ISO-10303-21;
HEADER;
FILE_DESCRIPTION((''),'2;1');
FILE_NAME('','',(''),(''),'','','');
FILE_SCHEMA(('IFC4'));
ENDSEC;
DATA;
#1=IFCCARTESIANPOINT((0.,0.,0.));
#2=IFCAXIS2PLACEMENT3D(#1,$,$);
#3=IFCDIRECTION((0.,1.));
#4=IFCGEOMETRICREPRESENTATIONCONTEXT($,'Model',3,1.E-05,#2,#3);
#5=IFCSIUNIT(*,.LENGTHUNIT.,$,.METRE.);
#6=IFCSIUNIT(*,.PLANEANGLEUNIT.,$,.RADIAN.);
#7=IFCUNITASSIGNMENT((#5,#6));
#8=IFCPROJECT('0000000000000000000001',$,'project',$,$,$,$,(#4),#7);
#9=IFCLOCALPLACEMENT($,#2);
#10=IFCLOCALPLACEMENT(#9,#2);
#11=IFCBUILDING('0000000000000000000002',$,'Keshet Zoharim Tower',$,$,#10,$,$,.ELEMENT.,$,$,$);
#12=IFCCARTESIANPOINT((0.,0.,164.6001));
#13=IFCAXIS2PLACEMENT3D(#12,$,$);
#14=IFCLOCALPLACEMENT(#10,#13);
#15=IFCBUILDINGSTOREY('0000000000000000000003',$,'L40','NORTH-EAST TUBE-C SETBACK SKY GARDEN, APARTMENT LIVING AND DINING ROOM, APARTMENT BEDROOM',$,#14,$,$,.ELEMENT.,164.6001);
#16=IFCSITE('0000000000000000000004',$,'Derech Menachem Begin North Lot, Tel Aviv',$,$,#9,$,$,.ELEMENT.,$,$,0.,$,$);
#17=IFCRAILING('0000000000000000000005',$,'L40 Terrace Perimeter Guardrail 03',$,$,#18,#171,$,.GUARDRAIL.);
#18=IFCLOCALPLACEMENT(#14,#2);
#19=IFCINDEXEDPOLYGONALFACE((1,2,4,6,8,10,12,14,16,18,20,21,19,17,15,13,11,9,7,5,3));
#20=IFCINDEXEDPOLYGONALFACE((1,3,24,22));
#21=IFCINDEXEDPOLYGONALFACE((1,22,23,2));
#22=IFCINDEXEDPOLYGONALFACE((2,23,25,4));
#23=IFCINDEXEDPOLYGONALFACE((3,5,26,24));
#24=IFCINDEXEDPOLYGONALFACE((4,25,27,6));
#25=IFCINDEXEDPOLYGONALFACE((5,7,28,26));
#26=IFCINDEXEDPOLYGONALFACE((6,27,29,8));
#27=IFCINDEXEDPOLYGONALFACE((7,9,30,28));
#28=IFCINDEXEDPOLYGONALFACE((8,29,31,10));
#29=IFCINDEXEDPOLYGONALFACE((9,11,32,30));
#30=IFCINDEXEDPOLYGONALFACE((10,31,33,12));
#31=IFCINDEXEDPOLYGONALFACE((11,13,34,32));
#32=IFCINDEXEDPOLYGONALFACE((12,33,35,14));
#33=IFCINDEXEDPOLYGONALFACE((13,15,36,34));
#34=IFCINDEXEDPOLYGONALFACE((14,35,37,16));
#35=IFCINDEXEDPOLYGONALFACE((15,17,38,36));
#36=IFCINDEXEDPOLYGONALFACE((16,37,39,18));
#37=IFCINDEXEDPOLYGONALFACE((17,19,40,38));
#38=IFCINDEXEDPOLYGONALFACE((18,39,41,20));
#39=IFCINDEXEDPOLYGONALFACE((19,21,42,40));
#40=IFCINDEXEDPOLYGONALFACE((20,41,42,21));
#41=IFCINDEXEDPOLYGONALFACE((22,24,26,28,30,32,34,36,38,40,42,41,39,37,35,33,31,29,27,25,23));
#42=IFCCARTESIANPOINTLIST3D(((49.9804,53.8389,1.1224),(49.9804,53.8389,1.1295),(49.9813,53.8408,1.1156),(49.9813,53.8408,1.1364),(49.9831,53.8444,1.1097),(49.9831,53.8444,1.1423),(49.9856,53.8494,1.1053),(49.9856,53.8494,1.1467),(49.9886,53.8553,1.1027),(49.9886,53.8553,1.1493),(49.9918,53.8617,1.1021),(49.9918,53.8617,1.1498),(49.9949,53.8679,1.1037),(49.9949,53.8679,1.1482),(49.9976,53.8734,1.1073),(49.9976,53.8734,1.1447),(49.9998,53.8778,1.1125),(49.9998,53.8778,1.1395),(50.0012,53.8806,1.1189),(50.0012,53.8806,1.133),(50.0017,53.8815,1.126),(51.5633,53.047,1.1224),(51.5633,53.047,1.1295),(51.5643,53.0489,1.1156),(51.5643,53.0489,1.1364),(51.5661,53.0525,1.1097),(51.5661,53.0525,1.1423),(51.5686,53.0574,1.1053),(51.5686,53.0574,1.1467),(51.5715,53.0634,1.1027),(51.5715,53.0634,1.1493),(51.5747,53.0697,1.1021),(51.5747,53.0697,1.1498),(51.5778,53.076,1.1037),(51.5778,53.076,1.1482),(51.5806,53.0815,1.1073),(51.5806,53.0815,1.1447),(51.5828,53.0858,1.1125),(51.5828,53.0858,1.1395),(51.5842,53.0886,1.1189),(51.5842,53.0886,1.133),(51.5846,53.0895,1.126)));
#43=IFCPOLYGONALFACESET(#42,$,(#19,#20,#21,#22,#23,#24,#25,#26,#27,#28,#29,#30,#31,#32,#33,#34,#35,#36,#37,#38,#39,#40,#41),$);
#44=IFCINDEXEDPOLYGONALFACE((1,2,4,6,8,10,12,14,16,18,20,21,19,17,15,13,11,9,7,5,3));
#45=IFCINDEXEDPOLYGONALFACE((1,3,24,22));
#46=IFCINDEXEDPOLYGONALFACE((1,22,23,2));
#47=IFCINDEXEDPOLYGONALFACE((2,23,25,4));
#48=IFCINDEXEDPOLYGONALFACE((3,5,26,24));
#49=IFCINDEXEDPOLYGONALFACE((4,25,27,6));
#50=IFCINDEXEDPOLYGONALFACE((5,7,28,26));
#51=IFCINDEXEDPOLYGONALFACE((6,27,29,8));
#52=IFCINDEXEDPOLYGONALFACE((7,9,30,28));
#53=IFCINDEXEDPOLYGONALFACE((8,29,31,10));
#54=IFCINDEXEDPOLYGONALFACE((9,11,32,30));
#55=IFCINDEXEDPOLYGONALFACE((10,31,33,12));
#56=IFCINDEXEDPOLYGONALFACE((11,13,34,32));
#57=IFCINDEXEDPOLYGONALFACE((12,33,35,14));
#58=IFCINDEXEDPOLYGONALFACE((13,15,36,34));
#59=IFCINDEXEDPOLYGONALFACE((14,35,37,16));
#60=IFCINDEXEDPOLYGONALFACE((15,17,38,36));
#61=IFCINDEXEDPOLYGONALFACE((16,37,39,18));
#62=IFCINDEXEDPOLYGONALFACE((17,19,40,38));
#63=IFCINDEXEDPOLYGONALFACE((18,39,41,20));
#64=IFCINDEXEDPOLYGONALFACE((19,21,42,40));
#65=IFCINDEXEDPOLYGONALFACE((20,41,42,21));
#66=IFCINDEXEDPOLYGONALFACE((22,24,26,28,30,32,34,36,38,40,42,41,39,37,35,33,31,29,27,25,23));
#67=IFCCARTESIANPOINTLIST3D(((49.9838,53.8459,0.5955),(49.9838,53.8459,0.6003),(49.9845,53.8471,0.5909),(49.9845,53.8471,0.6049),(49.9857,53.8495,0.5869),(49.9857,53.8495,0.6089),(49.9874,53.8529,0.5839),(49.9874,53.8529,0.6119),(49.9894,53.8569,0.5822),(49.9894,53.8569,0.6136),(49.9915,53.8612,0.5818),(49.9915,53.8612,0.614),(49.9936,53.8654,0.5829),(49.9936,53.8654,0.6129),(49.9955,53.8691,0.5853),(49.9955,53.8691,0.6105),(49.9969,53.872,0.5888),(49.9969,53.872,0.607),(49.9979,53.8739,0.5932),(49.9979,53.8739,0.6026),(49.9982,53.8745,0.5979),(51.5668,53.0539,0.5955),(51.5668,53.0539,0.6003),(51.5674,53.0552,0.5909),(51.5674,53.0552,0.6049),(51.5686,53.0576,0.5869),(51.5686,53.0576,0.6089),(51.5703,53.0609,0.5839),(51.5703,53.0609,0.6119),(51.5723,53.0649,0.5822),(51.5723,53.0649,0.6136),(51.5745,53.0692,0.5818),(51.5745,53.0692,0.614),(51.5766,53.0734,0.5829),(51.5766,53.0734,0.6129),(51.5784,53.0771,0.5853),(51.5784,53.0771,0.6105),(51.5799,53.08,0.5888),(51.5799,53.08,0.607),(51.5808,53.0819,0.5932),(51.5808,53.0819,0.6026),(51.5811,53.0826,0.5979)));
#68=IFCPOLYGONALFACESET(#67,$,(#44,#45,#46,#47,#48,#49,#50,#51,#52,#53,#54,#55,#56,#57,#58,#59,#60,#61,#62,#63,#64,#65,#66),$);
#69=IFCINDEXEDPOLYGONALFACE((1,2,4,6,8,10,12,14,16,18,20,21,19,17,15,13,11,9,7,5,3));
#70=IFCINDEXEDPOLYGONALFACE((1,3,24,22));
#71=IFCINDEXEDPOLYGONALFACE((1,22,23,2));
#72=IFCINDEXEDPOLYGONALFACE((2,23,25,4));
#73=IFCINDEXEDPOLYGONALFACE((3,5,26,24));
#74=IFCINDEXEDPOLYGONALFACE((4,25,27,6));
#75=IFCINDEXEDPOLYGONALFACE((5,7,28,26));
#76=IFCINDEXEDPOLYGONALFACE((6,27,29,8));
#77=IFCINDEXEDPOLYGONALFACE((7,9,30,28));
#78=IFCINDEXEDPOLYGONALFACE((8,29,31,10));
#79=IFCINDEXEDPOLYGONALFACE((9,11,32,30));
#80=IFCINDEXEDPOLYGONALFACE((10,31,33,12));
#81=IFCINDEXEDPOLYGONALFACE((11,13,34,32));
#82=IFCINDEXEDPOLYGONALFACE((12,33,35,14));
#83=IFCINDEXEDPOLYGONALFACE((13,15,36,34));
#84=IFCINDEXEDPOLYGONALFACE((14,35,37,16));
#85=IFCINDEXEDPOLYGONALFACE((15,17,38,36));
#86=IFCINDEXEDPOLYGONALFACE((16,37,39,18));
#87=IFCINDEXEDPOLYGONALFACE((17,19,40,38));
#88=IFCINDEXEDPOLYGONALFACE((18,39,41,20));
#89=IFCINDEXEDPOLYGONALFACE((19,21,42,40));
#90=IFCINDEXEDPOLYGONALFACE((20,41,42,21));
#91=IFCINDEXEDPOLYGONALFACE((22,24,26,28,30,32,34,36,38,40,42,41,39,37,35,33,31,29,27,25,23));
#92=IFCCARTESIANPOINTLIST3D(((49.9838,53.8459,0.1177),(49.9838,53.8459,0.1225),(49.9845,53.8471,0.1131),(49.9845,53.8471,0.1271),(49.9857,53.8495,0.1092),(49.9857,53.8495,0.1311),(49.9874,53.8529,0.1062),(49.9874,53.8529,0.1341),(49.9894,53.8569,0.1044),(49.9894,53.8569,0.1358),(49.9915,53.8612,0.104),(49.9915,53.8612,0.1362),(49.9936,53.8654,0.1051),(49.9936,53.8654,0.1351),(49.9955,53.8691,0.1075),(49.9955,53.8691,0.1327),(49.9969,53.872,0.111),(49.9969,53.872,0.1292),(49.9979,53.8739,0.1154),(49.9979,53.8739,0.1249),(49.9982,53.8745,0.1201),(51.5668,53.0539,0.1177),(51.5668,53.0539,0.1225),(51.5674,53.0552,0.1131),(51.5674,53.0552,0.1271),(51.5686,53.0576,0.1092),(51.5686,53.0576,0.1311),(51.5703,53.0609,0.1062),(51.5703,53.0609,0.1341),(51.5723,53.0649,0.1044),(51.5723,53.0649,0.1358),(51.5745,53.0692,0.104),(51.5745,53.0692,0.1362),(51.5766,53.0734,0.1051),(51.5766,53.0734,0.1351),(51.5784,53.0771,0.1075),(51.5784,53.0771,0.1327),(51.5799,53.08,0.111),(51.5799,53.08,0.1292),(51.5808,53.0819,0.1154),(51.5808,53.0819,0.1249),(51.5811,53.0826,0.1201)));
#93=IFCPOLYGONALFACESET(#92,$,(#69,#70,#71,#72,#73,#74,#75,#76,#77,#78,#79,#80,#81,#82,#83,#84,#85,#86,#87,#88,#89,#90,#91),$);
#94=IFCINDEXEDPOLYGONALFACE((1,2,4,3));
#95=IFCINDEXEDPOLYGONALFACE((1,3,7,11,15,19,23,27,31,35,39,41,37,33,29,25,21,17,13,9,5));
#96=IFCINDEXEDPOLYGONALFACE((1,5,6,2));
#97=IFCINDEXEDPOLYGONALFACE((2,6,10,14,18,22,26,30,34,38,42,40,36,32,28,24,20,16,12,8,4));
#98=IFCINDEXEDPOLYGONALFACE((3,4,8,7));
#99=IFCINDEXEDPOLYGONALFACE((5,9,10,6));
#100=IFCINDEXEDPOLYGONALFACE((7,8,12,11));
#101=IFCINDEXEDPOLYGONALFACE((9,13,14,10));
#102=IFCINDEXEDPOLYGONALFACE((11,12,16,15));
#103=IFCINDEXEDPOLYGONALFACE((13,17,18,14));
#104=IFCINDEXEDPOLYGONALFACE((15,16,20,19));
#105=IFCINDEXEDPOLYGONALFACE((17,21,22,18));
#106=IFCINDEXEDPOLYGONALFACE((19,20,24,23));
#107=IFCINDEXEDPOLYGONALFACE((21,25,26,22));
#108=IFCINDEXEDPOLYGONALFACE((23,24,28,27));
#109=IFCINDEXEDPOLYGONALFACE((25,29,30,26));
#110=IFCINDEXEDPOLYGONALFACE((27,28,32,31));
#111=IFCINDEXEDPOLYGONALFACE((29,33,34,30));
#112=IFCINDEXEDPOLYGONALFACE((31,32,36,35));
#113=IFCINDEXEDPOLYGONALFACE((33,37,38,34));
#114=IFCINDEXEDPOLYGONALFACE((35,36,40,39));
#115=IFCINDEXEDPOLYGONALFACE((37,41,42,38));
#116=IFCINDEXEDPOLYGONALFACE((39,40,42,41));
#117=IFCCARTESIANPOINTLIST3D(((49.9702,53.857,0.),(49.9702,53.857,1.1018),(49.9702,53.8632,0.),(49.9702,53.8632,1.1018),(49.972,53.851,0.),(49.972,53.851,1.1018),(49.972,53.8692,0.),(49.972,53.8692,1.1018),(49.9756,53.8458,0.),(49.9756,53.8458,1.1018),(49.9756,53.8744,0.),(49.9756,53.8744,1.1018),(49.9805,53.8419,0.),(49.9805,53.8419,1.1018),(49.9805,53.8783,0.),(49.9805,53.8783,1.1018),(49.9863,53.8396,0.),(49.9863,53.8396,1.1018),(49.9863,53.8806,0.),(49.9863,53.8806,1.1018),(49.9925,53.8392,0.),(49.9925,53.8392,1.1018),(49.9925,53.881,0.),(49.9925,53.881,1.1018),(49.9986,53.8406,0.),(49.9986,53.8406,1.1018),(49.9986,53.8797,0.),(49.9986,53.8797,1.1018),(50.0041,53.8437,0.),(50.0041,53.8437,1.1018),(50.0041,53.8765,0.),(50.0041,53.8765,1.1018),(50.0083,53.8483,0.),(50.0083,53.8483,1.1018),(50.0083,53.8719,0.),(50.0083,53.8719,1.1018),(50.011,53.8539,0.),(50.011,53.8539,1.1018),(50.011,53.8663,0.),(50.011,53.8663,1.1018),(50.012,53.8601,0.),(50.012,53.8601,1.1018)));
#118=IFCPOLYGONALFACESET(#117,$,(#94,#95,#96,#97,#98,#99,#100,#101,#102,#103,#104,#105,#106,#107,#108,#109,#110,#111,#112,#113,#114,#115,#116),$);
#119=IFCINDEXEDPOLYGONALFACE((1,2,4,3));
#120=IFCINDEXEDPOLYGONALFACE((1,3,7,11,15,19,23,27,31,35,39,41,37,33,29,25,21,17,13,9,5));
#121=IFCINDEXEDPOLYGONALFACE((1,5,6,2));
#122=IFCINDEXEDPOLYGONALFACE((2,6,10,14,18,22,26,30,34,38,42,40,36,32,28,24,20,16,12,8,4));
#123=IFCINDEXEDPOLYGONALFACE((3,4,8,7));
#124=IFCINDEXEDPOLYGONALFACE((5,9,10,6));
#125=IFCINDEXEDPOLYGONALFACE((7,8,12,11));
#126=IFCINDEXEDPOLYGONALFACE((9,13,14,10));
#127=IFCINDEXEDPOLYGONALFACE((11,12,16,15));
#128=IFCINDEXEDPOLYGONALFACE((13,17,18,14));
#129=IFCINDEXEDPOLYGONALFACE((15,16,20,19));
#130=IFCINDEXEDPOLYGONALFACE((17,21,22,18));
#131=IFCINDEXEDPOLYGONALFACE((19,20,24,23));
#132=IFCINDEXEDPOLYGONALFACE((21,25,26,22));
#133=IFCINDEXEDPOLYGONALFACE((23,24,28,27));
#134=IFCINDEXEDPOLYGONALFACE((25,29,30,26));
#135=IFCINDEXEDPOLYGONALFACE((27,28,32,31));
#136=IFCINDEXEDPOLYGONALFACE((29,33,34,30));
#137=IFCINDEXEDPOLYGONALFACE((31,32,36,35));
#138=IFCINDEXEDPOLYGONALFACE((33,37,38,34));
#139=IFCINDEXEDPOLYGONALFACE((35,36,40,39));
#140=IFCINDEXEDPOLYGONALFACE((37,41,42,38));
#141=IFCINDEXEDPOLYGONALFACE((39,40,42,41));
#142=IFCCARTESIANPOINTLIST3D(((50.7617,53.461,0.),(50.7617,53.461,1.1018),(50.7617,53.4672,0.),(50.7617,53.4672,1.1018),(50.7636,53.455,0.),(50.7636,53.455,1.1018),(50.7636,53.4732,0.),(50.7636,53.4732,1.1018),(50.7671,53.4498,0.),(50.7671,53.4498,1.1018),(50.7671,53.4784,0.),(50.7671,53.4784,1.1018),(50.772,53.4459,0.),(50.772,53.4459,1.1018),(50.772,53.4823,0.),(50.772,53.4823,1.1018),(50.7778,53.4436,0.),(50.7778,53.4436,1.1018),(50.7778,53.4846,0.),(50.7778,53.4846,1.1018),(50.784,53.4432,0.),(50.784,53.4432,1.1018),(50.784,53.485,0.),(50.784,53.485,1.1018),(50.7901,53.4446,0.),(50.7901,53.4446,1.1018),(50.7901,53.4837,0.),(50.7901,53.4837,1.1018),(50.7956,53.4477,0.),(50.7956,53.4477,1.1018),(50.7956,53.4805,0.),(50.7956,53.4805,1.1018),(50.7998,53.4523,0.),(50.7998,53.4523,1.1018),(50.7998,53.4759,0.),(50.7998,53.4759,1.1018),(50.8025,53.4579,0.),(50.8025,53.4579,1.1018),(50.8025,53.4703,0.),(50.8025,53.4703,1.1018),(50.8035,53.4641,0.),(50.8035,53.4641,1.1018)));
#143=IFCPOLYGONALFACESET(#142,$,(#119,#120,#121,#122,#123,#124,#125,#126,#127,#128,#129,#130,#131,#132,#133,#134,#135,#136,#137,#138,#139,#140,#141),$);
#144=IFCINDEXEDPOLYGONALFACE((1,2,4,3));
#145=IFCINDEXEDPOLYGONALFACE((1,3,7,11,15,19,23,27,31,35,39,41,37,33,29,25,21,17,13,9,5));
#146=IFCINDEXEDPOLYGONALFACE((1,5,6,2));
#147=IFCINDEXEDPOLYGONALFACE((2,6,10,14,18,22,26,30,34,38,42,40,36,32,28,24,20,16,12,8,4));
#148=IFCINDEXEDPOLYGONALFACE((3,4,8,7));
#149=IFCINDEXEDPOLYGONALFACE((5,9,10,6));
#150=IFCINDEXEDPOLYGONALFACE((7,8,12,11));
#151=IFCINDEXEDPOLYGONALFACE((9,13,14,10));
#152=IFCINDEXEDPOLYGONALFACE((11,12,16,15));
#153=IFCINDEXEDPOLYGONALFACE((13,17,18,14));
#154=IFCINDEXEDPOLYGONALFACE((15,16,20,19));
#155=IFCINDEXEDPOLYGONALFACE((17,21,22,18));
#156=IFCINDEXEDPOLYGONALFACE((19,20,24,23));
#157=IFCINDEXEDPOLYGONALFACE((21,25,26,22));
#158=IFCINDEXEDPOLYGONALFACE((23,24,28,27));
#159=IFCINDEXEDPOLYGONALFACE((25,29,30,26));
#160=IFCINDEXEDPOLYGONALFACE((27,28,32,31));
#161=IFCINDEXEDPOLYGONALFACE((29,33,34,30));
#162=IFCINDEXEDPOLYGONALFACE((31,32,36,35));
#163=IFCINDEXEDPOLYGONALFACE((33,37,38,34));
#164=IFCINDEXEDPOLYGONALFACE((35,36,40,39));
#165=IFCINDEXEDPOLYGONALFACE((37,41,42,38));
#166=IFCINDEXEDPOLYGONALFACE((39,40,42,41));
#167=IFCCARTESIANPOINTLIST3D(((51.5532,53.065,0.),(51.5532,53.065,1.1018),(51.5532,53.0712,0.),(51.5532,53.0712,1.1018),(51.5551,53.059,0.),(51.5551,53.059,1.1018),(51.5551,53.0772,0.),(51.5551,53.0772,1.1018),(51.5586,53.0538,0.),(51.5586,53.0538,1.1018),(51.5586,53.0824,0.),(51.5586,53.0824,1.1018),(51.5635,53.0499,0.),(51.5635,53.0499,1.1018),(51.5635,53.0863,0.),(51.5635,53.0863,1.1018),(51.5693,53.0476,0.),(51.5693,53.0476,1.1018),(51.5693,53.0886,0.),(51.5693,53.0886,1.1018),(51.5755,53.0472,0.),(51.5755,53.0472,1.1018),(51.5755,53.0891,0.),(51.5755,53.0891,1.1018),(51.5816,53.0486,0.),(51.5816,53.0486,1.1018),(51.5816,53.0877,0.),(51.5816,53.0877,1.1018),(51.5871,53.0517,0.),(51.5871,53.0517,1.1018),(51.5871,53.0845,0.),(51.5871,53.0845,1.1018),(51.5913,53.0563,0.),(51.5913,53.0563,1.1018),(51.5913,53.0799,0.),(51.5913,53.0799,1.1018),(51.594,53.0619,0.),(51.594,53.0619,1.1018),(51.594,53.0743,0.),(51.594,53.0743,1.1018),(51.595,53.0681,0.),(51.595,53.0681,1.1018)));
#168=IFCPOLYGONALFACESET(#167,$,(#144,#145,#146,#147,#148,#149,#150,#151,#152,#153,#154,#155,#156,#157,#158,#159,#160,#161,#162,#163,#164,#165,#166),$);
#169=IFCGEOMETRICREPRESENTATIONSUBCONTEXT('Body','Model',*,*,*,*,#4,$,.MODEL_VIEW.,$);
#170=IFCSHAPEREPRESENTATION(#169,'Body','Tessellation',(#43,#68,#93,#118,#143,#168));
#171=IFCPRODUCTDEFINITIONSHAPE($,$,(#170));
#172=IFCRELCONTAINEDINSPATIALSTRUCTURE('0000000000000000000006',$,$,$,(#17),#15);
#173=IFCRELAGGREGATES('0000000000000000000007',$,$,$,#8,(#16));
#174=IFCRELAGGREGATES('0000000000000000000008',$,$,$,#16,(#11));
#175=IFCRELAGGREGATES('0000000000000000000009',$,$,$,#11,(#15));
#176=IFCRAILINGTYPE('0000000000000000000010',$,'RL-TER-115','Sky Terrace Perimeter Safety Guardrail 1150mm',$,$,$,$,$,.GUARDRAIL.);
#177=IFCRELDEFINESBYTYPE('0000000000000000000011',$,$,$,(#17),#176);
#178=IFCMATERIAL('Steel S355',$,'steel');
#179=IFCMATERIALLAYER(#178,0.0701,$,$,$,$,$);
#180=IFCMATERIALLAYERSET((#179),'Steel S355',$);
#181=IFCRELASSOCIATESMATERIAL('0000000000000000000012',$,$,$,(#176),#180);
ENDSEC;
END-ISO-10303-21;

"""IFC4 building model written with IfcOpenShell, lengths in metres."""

from ifc_helpers import new_model, si_unit, direction, frame, origin, origin_2d, place, context, subcontext, project, spatial, circle, extrude, material, layer, layer_set, type_object, element, save


model = new_model("IFC4")

# Units and contexts
model_context = context("Model", 3, precision=1e-05, world=origin(), true_north=direction((0.0, 1.0)))
body_context = subcontext(model_context, "Body", "Model", "MODEL_VIEW")
ifc_project = project(units=[si_unit("LENGTHUNIT", "METRE"), si_unit("PLANEANGLEUNIT", "RADIAN")], contexts=[model_context])

# Site, building, storey
site_placement = place(None, origin())
site = spatial("IfcSite", under=ifc_project, at=site_placement, Name="Derech Menachem Begin North Lot, Tel Aviv", CompositionType="ELEMENT", RefElevation=0.0)
building_placement = place(site_placement, origin())
building = spatial("IfcBuilding", under=site, at=building_placement, Name="Keshet Zoharim Tower", CompositionType="ELEMENT")
storey_placement = place(building_placement, frame((0.0, 0.0, 164.6001)))
storey = spatial("IfcBuildingStorey", under=building, at=storey_placement, Name="L40", Description="NORTH-EAST TUBE-C SETBACK SKY GARDEN, APARTMENT LIVING AND DINING ROOM, APARTMENT BEDROOM", CompositionType="ELEMENT", Elevation=164.6001)

# Railing
ifc_material_1 = material(Name="Steel S355", Category="steel")
ifc_layer_1 = layer(ifc_material_1, 0.0701)
ifc_layer_set_1 = layer_set([ifc_layer_1], Name="Steel S355")
railing_type = type_object("IfcRailingType", Name="RL-TER-115", Description="Sky Terrace Perimeter Safety Guardrail 1150mm", PredefinedType="GUARDRAIL", material=ifc_layer_set_1)
railing_1_placement = place(storey_placement, frame((49.991, 53.8601, 0.0)))
element("IfcRailing", 1, at=railing_1_placement, inside=storey, type_object=railing_type, Name="L40 Terrace Perimeter Guardrail 03", PredefinedType="GUARDRAIL", context=body_context, shape_type="SweptSolid", body=[
    extrude(circle(Radius=0.0239, at=origin_2d()), frame((0.0, 0.0, 1.126), z_axis=(0.894317, -0.447434, 0.0), x_axis=(0.447434, 0.894317, 0.0)), (0.0, 0.0, 1.0), 1.77),
    extrude(circle(Radius=0.0161, at=origin_2d()), frame((0.0, 0.0, 0.5979), z_axis=(0.894317, -0.447434, 0.0), x_axis=(0.447434, 0.894317, 0.0)), (0.0, 0.0, 1.0), 1.77),
    extrude(circle(Radius=0.0161, at=origin_2d()), frame((0.0, 0.0, 0.1201), z_axis=(0.894317, -0.447434, 0.0), x_axis=(0.447434, 0.894317, 0.0)), (0.0, 0.0, 1.0), 1.77),
    extrude(circle(Radius=0.021, at=origin_2d()), origin(), (0.0, 0.0, 1.0), 1.1018),
    extrude(circle(Radius=0.021, at=origin_2d()), frame((0.7915, -0.396, 0.0)), (0.0, 0.0, 1.0), 1.1018),
    extrude(circle(Radius=0.021, at=origin_2d()), frame((1.583, -0.792, 0.0)), (0.0, 0.0, 1.0), 1.1018),
])

save(model, "model.ifc")
